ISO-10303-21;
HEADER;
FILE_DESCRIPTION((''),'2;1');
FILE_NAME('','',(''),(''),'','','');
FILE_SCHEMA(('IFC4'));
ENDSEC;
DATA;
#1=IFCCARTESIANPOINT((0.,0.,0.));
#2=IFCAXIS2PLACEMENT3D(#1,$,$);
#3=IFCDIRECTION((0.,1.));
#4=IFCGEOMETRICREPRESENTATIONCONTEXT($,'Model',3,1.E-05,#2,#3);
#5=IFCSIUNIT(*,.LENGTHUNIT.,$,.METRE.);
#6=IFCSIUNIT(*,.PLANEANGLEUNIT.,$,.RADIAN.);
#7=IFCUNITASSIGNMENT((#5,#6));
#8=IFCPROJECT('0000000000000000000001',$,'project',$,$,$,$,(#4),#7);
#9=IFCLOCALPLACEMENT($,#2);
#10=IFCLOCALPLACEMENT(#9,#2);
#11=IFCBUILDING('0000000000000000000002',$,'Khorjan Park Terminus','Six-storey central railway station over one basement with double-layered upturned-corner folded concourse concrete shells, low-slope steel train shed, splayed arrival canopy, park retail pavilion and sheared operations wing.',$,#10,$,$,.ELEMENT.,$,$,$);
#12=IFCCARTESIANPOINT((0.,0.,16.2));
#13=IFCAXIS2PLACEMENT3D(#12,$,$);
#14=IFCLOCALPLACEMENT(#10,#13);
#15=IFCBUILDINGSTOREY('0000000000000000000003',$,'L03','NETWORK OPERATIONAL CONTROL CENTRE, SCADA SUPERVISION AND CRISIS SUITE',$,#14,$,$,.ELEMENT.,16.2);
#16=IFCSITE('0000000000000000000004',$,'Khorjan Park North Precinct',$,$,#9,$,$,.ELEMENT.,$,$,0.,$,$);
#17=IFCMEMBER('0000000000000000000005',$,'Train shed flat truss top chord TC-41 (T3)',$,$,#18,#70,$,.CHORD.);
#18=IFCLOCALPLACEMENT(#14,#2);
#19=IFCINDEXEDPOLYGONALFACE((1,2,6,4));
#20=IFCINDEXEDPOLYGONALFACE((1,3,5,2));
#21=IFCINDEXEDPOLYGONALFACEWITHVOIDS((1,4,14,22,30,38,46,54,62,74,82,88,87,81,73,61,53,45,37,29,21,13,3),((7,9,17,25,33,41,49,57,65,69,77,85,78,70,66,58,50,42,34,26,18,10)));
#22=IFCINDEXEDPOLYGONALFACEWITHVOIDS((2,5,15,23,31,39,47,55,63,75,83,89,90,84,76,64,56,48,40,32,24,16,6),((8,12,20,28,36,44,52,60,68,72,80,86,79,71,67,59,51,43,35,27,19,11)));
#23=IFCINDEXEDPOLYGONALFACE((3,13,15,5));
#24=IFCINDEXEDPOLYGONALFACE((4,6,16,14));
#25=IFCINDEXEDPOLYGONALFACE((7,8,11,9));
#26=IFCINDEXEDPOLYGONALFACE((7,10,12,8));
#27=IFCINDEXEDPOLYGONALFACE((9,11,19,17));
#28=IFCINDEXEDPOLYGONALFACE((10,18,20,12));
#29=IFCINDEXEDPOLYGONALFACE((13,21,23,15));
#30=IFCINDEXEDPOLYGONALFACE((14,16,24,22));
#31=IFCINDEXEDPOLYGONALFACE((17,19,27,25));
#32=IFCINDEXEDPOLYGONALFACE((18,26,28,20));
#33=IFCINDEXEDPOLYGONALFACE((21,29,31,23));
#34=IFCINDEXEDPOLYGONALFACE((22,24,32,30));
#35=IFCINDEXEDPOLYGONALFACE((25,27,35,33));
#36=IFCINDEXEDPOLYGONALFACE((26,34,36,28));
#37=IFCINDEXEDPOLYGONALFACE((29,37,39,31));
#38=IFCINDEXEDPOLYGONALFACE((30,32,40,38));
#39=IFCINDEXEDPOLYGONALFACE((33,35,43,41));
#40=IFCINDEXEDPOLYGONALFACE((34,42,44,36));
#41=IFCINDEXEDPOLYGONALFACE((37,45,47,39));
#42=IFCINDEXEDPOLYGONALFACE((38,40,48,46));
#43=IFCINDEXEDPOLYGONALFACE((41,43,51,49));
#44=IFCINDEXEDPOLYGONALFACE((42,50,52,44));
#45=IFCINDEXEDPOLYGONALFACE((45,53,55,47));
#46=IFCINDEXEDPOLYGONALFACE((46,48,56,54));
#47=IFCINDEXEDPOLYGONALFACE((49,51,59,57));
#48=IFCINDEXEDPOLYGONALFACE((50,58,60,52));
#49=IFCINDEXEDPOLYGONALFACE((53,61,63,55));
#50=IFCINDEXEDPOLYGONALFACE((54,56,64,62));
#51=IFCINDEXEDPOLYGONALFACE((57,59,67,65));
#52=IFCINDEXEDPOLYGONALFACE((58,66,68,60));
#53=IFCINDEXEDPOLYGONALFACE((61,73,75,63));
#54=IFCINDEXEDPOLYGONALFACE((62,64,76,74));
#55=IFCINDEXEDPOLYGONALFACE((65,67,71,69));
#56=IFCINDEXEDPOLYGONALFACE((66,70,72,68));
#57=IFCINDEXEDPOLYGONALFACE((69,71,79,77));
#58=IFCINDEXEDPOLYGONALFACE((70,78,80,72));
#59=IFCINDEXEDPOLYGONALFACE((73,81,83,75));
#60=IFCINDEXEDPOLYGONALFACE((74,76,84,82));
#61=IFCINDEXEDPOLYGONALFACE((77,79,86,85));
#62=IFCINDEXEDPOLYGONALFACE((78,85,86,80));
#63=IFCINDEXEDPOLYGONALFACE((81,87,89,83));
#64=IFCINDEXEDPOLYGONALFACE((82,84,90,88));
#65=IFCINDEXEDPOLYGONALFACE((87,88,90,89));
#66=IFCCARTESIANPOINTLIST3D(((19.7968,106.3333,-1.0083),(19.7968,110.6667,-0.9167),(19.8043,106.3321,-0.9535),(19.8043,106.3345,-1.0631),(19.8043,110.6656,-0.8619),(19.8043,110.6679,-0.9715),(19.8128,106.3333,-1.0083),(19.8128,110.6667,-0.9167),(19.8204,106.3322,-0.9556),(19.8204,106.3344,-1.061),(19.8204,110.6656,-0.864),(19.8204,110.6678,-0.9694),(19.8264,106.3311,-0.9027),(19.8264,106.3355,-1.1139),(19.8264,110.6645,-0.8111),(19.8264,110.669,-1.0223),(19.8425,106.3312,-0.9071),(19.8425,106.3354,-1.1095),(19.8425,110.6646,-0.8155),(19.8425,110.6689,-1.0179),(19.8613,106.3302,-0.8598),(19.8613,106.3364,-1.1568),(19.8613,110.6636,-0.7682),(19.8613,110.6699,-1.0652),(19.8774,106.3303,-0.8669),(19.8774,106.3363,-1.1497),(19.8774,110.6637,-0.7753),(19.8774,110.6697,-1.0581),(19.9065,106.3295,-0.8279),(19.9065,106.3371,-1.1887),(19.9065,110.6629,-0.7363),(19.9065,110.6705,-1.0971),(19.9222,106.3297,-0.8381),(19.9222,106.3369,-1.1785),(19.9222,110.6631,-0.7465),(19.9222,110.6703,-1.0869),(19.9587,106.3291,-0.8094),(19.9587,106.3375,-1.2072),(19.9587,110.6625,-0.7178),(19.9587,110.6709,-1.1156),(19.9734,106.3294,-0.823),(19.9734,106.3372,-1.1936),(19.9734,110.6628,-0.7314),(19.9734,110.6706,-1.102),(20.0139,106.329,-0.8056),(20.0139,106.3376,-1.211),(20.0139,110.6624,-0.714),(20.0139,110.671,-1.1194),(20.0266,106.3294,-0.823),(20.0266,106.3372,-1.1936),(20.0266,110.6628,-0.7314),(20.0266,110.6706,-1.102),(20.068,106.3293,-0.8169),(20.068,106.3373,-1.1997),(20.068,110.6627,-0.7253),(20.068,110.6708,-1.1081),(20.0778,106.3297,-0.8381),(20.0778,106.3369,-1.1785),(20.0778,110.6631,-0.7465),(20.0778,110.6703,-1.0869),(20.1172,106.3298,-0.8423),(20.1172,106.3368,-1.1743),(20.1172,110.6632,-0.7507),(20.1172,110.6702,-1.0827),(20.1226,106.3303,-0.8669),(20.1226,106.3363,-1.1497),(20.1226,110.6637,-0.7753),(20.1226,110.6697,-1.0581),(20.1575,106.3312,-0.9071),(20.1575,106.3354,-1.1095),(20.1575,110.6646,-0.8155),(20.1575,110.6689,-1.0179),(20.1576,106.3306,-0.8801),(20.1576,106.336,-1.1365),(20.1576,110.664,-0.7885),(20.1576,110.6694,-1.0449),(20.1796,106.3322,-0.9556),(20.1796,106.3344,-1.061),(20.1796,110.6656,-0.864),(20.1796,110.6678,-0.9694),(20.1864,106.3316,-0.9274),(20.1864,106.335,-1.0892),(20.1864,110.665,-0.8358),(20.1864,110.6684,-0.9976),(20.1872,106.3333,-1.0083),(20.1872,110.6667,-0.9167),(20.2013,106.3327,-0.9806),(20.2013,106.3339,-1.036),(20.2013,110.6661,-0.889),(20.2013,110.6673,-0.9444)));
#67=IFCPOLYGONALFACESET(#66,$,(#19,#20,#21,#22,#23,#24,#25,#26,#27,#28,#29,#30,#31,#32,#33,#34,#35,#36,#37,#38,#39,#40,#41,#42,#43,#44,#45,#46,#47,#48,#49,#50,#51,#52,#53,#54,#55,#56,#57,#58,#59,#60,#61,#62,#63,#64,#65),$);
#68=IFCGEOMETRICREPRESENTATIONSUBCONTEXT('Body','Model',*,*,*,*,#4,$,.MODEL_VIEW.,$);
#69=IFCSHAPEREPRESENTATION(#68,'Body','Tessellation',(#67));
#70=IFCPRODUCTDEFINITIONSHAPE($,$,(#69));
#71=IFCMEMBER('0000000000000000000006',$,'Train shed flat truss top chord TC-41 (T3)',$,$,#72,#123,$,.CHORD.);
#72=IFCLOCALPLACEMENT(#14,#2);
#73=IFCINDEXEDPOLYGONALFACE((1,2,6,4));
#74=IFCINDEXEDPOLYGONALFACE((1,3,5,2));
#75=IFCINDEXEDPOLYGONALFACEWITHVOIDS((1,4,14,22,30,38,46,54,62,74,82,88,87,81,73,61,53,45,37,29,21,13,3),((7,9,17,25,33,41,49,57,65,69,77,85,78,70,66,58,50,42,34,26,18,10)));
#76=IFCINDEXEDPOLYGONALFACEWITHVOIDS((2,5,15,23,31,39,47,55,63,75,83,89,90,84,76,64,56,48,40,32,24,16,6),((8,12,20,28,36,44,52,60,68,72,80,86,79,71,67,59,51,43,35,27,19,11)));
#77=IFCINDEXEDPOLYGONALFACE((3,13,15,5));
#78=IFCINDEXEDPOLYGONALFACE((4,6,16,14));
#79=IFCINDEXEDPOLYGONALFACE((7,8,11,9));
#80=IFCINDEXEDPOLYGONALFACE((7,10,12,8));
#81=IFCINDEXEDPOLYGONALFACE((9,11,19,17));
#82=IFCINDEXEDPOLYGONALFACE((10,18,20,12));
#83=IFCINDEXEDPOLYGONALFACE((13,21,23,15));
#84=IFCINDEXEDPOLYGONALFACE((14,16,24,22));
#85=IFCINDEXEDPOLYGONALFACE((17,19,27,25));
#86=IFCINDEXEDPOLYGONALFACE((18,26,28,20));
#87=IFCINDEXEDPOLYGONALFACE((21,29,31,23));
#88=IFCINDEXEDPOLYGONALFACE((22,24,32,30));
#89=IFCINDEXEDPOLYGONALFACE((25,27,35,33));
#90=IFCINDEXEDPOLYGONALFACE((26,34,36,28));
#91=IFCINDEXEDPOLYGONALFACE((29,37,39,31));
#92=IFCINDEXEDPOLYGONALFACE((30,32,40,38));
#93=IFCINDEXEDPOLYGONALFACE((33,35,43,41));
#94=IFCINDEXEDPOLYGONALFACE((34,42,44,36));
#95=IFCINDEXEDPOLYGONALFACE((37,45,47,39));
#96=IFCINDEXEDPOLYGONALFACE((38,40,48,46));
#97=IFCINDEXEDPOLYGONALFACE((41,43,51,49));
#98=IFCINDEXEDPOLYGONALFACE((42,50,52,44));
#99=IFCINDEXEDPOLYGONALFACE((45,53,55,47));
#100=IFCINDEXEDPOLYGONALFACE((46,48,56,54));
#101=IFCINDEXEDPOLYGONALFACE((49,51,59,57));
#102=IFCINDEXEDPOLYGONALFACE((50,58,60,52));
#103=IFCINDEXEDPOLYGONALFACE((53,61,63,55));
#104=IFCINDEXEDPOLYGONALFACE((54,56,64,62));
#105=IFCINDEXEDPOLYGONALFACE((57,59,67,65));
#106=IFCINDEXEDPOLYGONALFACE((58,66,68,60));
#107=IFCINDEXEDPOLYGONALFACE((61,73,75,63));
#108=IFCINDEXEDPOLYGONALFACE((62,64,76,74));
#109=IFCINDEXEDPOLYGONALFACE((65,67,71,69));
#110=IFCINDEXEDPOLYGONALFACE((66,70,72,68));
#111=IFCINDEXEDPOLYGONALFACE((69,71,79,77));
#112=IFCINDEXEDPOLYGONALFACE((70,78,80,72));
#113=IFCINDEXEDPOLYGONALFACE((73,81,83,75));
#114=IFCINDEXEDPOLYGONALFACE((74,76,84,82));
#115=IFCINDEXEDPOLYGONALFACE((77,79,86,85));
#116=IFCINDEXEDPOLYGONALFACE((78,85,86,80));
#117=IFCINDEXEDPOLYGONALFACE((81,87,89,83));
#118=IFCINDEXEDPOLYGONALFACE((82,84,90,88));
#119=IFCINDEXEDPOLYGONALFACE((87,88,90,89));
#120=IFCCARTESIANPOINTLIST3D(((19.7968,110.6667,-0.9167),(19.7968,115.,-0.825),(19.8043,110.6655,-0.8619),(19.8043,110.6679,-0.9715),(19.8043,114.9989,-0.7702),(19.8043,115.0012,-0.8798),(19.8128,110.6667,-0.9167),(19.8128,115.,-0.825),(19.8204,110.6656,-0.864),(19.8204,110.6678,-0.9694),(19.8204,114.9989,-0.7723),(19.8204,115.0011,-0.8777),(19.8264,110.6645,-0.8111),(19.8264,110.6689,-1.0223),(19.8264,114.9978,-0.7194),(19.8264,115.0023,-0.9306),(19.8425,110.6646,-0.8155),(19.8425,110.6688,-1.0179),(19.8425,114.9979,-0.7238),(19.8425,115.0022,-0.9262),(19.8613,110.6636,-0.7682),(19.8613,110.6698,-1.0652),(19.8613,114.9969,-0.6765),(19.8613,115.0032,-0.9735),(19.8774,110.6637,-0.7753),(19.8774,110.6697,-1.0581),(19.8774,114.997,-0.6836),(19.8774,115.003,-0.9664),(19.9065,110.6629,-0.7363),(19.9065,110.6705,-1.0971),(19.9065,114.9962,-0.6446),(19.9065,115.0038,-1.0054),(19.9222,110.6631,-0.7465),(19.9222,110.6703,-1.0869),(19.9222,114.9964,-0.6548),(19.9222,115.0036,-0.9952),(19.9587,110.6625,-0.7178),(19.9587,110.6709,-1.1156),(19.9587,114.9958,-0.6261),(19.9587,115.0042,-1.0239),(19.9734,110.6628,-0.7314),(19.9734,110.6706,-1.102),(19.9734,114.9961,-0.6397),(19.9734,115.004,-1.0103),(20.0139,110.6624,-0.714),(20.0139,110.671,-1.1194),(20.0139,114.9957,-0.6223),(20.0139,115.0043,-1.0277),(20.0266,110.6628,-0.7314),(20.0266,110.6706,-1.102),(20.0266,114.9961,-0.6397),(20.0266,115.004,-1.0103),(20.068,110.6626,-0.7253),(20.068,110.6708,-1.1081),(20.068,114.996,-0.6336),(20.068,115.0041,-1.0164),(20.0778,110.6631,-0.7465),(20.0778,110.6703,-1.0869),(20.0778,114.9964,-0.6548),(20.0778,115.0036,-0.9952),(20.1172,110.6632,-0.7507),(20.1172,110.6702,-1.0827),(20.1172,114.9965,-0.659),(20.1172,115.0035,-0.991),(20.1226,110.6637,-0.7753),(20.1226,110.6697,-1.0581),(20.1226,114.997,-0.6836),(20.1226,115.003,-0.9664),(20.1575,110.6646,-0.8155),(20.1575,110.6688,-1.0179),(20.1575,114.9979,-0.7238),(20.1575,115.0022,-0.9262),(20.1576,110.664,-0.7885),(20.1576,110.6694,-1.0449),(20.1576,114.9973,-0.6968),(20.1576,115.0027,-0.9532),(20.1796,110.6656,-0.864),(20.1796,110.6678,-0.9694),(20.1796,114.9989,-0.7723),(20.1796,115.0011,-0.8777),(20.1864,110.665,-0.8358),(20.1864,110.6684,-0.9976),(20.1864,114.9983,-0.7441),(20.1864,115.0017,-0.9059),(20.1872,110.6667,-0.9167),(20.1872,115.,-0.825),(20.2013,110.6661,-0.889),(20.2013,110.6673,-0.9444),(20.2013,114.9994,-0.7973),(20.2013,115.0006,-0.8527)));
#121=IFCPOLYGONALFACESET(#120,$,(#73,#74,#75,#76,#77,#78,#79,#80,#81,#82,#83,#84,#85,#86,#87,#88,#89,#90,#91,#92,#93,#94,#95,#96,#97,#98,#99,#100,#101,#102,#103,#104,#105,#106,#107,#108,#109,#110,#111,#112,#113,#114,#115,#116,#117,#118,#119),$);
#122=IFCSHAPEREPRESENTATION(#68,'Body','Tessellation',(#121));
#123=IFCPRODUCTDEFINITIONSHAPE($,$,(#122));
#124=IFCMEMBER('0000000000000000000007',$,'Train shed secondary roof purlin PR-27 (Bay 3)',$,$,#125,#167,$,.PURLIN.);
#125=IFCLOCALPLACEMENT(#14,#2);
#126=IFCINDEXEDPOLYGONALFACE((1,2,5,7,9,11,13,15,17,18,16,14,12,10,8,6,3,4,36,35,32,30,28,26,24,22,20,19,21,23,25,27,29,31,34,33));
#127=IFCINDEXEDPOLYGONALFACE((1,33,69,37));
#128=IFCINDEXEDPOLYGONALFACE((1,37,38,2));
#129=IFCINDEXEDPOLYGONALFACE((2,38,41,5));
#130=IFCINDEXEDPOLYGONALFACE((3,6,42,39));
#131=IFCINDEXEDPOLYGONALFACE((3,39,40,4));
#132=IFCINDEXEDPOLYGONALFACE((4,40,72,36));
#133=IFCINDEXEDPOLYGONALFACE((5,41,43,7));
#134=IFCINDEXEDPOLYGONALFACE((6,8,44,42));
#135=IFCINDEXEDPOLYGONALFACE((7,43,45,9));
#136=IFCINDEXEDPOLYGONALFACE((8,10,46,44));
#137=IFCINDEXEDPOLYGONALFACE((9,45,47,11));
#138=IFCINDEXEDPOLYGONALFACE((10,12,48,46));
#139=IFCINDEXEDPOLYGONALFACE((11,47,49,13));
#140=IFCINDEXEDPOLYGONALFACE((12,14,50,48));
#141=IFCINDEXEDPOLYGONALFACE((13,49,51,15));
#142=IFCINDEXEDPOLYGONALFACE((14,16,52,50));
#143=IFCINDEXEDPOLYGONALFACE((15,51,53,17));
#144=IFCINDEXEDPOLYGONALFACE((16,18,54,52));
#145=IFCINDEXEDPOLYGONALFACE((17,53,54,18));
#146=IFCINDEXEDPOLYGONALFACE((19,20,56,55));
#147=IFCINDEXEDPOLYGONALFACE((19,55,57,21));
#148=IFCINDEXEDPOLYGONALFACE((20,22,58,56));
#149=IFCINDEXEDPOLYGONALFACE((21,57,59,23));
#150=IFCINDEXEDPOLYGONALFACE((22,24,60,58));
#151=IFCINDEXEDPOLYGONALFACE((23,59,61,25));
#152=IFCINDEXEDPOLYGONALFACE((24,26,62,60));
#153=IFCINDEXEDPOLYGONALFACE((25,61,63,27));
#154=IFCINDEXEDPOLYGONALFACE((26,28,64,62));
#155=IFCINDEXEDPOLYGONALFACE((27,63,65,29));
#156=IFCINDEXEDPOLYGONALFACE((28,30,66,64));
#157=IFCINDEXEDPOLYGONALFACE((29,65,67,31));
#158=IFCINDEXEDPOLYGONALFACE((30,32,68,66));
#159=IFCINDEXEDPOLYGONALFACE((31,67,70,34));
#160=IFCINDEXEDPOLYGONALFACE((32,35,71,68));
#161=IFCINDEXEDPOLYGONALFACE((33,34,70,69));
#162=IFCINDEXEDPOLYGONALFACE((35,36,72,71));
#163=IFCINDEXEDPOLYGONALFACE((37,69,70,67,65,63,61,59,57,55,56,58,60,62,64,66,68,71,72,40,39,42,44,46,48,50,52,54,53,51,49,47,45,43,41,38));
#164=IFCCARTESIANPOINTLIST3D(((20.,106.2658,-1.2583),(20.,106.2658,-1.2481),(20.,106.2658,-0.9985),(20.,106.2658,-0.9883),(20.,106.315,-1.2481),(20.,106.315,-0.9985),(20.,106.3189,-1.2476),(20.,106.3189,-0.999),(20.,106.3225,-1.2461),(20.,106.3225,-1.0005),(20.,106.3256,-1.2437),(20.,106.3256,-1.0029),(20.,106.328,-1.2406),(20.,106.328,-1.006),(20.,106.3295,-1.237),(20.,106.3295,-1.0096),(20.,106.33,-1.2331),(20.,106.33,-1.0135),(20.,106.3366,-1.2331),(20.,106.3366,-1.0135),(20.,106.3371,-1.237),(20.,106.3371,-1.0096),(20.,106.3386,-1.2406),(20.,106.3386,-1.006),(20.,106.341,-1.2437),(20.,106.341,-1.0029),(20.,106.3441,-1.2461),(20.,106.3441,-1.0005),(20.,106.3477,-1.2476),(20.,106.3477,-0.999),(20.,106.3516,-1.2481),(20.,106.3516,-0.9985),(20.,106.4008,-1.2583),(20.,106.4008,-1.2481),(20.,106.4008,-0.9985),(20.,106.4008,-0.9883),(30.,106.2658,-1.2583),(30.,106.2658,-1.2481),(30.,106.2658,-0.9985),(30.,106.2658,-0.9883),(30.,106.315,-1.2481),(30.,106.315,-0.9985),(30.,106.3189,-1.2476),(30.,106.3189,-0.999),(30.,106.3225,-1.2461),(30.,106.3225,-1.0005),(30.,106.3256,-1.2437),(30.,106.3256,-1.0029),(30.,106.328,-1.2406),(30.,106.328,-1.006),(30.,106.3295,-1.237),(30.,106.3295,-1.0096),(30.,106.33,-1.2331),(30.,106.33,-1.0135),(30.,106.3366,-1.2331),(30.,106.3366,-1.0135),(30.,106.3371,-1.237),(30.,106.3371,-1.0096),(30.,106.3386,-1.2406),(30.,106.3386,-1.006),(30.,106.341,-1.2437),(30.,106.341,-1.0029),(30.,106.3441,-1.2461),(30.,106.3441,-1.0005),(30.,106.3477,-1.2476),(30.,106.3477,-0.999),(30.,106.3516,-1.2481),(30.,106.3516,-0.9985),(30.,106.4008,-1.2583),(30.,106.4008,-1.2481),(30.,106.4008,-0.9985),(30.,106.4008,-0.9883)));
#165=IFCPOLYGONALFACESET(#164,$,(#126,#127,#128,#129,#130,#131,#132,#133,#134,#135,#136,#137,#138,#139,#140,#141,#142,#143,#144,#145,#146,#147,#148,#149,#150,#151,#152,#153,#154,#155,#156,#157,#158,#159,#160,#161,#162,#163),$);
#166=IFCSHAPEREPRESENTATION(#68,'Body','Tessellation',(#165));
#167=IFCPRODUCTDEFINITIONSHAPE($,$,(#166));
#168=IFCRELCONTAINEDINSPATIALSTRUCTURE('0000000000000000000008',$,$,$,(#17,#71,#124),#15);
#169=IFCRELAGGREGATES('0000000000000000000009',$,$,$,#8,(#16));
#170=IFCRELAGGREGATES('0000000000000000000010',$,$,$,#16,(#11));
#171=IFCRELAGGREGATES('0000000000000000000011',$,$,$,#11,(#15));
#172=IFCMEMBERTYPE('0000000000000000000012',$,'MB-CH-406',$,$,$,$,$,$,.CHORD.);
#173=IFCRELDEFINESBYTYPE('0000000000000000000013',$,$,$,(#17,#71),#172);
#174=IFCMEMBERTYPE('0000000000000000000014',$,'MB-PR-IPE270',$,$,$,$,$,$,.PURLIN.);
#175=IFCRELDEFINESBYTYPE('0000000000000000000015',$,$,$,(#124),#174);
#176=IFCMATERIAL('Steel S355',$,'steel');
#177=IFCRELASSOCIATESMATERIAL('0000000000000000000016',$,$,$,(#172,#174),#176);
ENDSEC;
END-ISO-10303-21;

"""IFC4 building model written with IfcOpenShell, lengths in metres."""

from ifc_helpers import new_model, si_unit, direction, frame, origin, origin_2d, place, context, subcontext, project, spatial, hollow_circle, i_section, extrude, material, material_profile, profile_set, type_object, element, save


model = new_model("IFC4")

# Units and contexts
model_context = context("Model", 3, precision=1e-05, world=origin(), true_north=direction((0.0, 1.0)))
body_context = subcontext(model_context, "Body", "Model", "MODEL_VIEW")
ifc_project = project(units=[si_unit("LENGTHUNIT", "METRE"), si_unit("PLANEANGLEUNIT", "RADIAN")], contexts=[model_context])

# Site, building, storey
site_placement = place(None, origin())
site = spatial("IfcSite", under=ifc_project, at=site_placement, Name="Khorjan Park North Precinct", CompositionType="ELEMENT", RefElevation=0.0)
building_placement = place(site_placement, origin())
building = spatial("IfcBuilding", under=site, at=building_placement, Name="Khorjan Park Terminus", Description="Six-storey central railway station over one basement with double-layered upturned-corner folded concourse concrete shells, low-slope steel train shed, splayed arrival canopy, park retail pavilion and sheared operations wing.", CompositionType="ELEMENT")
storey_placement = place(building_placement, frame((0.0, 0.0, 16.2)))
storey = spatial("IfcBuildingStorey", under=building, at=storey_placement, Name="L03", Description="NETWORK OPERATIONAL CONTROL CENTRE, SCADA SUPERVISION AND CRISIS SUITE", CompositionType="ELEMENT", Elevation=16.2)

# Members
ifc_material = material(Name="Steel S355", Category="steel")
ifc_material_profile_1 = material_profile(ifc_material, hollow_circle(Radius=0.2032, WallThickness=0.016, at=origin_2d()), Name="CHS 406.4x16")
ifc_profile_set_1 = profile_set([ifc_material_profile_1], Name="Steel S355")
member_type_1 = type_object("IfcMemberType", Name="MB-CH-406", PredefinedType="CHORD", material=ifc_profile_set_1)
member_1_placement = place(storey_placement, frame((20.0, 106.3333, -1.0083), z_axis=(0.0, 0.999777, 0.021133), x_axis=(-1.0, 0.0, 0.0)))
element("IfcMember", 1, at=member_1_placement, inside=storey, type_object=member_type_1, Name="Train shed flat truss top chord TC-41 (T3)", PredefinedType="CHORD", context=body_context, shape_type="SweptSolid", body=[
    extrude(hollow_circle(Radius=0.2032, WallThickness=0.016, at=origin_2d()), origin(), (0.0, 0.0, 1.0), 4.3344),
])
member_2_placement = place(storey_placement, frame((20.0, 110.6667, -0.9167), z_axis=(0.0, 0.999776, 0.021157), x_axis=(-1.0, 0.0, 0.0)))
element("IfcMember", 2, at=member_2_placement, inside=storey, type_object=member_type_1, Name="Train shed flat truss top chord TC-41 (T3)", PredefinedType="CHORD", context=body_context, shape_type="SweptSolid", body=[
    extrude(hollow_circle(Radius=0.2032, WallThickness=0.016, at=origin_2d()), origin(), (0.0, 0.0, 1.0), 4.3343),
])
ifc_material_profile_2 = material_profile(ifc_material, i_section(OverallWidth=0.135, OverallDepth=0.27, WebThickness=0.0066, FlangeThickness=0.0102, FilletRadius=0.015, at=origin_2d()), Name="IPE 270")
ifc_profile_set_2 = profile_set([ifc_material_profile_2], Name="Steel S355")
member_type_2 = type_object("IfcMemberType", Name="MB-PR-IPE270", PredefinedType="PURLIN", material=ifc_profile_set_2)
member_3_placement = place(storey_placement, frame((20.0, 106.3333, -1.1233), z_axis=(1.0, 0.0, 0.0), x_axis=(0.0, 1.0, 0.0)))
element("IfcMember", 3, at=member_3_placement, inside=storey, type_object=member_type_2, Name="Train shed secondary roof purlin PR-27 (Bay 3)", PredefinedType="PURLIN", context=body_context, shape_type="SweptSolid", body=[
    extrude(i_section(OverallWidth=0.135, OverallDepth=0.27, WebThickness=0.0066, FlangeThickness=0.0102, FilletRadius=0.015, at=origin_2d()), origin(), (0.0, 0.0, 1.0), 10.0),
])

save(model, "model.ifc")
